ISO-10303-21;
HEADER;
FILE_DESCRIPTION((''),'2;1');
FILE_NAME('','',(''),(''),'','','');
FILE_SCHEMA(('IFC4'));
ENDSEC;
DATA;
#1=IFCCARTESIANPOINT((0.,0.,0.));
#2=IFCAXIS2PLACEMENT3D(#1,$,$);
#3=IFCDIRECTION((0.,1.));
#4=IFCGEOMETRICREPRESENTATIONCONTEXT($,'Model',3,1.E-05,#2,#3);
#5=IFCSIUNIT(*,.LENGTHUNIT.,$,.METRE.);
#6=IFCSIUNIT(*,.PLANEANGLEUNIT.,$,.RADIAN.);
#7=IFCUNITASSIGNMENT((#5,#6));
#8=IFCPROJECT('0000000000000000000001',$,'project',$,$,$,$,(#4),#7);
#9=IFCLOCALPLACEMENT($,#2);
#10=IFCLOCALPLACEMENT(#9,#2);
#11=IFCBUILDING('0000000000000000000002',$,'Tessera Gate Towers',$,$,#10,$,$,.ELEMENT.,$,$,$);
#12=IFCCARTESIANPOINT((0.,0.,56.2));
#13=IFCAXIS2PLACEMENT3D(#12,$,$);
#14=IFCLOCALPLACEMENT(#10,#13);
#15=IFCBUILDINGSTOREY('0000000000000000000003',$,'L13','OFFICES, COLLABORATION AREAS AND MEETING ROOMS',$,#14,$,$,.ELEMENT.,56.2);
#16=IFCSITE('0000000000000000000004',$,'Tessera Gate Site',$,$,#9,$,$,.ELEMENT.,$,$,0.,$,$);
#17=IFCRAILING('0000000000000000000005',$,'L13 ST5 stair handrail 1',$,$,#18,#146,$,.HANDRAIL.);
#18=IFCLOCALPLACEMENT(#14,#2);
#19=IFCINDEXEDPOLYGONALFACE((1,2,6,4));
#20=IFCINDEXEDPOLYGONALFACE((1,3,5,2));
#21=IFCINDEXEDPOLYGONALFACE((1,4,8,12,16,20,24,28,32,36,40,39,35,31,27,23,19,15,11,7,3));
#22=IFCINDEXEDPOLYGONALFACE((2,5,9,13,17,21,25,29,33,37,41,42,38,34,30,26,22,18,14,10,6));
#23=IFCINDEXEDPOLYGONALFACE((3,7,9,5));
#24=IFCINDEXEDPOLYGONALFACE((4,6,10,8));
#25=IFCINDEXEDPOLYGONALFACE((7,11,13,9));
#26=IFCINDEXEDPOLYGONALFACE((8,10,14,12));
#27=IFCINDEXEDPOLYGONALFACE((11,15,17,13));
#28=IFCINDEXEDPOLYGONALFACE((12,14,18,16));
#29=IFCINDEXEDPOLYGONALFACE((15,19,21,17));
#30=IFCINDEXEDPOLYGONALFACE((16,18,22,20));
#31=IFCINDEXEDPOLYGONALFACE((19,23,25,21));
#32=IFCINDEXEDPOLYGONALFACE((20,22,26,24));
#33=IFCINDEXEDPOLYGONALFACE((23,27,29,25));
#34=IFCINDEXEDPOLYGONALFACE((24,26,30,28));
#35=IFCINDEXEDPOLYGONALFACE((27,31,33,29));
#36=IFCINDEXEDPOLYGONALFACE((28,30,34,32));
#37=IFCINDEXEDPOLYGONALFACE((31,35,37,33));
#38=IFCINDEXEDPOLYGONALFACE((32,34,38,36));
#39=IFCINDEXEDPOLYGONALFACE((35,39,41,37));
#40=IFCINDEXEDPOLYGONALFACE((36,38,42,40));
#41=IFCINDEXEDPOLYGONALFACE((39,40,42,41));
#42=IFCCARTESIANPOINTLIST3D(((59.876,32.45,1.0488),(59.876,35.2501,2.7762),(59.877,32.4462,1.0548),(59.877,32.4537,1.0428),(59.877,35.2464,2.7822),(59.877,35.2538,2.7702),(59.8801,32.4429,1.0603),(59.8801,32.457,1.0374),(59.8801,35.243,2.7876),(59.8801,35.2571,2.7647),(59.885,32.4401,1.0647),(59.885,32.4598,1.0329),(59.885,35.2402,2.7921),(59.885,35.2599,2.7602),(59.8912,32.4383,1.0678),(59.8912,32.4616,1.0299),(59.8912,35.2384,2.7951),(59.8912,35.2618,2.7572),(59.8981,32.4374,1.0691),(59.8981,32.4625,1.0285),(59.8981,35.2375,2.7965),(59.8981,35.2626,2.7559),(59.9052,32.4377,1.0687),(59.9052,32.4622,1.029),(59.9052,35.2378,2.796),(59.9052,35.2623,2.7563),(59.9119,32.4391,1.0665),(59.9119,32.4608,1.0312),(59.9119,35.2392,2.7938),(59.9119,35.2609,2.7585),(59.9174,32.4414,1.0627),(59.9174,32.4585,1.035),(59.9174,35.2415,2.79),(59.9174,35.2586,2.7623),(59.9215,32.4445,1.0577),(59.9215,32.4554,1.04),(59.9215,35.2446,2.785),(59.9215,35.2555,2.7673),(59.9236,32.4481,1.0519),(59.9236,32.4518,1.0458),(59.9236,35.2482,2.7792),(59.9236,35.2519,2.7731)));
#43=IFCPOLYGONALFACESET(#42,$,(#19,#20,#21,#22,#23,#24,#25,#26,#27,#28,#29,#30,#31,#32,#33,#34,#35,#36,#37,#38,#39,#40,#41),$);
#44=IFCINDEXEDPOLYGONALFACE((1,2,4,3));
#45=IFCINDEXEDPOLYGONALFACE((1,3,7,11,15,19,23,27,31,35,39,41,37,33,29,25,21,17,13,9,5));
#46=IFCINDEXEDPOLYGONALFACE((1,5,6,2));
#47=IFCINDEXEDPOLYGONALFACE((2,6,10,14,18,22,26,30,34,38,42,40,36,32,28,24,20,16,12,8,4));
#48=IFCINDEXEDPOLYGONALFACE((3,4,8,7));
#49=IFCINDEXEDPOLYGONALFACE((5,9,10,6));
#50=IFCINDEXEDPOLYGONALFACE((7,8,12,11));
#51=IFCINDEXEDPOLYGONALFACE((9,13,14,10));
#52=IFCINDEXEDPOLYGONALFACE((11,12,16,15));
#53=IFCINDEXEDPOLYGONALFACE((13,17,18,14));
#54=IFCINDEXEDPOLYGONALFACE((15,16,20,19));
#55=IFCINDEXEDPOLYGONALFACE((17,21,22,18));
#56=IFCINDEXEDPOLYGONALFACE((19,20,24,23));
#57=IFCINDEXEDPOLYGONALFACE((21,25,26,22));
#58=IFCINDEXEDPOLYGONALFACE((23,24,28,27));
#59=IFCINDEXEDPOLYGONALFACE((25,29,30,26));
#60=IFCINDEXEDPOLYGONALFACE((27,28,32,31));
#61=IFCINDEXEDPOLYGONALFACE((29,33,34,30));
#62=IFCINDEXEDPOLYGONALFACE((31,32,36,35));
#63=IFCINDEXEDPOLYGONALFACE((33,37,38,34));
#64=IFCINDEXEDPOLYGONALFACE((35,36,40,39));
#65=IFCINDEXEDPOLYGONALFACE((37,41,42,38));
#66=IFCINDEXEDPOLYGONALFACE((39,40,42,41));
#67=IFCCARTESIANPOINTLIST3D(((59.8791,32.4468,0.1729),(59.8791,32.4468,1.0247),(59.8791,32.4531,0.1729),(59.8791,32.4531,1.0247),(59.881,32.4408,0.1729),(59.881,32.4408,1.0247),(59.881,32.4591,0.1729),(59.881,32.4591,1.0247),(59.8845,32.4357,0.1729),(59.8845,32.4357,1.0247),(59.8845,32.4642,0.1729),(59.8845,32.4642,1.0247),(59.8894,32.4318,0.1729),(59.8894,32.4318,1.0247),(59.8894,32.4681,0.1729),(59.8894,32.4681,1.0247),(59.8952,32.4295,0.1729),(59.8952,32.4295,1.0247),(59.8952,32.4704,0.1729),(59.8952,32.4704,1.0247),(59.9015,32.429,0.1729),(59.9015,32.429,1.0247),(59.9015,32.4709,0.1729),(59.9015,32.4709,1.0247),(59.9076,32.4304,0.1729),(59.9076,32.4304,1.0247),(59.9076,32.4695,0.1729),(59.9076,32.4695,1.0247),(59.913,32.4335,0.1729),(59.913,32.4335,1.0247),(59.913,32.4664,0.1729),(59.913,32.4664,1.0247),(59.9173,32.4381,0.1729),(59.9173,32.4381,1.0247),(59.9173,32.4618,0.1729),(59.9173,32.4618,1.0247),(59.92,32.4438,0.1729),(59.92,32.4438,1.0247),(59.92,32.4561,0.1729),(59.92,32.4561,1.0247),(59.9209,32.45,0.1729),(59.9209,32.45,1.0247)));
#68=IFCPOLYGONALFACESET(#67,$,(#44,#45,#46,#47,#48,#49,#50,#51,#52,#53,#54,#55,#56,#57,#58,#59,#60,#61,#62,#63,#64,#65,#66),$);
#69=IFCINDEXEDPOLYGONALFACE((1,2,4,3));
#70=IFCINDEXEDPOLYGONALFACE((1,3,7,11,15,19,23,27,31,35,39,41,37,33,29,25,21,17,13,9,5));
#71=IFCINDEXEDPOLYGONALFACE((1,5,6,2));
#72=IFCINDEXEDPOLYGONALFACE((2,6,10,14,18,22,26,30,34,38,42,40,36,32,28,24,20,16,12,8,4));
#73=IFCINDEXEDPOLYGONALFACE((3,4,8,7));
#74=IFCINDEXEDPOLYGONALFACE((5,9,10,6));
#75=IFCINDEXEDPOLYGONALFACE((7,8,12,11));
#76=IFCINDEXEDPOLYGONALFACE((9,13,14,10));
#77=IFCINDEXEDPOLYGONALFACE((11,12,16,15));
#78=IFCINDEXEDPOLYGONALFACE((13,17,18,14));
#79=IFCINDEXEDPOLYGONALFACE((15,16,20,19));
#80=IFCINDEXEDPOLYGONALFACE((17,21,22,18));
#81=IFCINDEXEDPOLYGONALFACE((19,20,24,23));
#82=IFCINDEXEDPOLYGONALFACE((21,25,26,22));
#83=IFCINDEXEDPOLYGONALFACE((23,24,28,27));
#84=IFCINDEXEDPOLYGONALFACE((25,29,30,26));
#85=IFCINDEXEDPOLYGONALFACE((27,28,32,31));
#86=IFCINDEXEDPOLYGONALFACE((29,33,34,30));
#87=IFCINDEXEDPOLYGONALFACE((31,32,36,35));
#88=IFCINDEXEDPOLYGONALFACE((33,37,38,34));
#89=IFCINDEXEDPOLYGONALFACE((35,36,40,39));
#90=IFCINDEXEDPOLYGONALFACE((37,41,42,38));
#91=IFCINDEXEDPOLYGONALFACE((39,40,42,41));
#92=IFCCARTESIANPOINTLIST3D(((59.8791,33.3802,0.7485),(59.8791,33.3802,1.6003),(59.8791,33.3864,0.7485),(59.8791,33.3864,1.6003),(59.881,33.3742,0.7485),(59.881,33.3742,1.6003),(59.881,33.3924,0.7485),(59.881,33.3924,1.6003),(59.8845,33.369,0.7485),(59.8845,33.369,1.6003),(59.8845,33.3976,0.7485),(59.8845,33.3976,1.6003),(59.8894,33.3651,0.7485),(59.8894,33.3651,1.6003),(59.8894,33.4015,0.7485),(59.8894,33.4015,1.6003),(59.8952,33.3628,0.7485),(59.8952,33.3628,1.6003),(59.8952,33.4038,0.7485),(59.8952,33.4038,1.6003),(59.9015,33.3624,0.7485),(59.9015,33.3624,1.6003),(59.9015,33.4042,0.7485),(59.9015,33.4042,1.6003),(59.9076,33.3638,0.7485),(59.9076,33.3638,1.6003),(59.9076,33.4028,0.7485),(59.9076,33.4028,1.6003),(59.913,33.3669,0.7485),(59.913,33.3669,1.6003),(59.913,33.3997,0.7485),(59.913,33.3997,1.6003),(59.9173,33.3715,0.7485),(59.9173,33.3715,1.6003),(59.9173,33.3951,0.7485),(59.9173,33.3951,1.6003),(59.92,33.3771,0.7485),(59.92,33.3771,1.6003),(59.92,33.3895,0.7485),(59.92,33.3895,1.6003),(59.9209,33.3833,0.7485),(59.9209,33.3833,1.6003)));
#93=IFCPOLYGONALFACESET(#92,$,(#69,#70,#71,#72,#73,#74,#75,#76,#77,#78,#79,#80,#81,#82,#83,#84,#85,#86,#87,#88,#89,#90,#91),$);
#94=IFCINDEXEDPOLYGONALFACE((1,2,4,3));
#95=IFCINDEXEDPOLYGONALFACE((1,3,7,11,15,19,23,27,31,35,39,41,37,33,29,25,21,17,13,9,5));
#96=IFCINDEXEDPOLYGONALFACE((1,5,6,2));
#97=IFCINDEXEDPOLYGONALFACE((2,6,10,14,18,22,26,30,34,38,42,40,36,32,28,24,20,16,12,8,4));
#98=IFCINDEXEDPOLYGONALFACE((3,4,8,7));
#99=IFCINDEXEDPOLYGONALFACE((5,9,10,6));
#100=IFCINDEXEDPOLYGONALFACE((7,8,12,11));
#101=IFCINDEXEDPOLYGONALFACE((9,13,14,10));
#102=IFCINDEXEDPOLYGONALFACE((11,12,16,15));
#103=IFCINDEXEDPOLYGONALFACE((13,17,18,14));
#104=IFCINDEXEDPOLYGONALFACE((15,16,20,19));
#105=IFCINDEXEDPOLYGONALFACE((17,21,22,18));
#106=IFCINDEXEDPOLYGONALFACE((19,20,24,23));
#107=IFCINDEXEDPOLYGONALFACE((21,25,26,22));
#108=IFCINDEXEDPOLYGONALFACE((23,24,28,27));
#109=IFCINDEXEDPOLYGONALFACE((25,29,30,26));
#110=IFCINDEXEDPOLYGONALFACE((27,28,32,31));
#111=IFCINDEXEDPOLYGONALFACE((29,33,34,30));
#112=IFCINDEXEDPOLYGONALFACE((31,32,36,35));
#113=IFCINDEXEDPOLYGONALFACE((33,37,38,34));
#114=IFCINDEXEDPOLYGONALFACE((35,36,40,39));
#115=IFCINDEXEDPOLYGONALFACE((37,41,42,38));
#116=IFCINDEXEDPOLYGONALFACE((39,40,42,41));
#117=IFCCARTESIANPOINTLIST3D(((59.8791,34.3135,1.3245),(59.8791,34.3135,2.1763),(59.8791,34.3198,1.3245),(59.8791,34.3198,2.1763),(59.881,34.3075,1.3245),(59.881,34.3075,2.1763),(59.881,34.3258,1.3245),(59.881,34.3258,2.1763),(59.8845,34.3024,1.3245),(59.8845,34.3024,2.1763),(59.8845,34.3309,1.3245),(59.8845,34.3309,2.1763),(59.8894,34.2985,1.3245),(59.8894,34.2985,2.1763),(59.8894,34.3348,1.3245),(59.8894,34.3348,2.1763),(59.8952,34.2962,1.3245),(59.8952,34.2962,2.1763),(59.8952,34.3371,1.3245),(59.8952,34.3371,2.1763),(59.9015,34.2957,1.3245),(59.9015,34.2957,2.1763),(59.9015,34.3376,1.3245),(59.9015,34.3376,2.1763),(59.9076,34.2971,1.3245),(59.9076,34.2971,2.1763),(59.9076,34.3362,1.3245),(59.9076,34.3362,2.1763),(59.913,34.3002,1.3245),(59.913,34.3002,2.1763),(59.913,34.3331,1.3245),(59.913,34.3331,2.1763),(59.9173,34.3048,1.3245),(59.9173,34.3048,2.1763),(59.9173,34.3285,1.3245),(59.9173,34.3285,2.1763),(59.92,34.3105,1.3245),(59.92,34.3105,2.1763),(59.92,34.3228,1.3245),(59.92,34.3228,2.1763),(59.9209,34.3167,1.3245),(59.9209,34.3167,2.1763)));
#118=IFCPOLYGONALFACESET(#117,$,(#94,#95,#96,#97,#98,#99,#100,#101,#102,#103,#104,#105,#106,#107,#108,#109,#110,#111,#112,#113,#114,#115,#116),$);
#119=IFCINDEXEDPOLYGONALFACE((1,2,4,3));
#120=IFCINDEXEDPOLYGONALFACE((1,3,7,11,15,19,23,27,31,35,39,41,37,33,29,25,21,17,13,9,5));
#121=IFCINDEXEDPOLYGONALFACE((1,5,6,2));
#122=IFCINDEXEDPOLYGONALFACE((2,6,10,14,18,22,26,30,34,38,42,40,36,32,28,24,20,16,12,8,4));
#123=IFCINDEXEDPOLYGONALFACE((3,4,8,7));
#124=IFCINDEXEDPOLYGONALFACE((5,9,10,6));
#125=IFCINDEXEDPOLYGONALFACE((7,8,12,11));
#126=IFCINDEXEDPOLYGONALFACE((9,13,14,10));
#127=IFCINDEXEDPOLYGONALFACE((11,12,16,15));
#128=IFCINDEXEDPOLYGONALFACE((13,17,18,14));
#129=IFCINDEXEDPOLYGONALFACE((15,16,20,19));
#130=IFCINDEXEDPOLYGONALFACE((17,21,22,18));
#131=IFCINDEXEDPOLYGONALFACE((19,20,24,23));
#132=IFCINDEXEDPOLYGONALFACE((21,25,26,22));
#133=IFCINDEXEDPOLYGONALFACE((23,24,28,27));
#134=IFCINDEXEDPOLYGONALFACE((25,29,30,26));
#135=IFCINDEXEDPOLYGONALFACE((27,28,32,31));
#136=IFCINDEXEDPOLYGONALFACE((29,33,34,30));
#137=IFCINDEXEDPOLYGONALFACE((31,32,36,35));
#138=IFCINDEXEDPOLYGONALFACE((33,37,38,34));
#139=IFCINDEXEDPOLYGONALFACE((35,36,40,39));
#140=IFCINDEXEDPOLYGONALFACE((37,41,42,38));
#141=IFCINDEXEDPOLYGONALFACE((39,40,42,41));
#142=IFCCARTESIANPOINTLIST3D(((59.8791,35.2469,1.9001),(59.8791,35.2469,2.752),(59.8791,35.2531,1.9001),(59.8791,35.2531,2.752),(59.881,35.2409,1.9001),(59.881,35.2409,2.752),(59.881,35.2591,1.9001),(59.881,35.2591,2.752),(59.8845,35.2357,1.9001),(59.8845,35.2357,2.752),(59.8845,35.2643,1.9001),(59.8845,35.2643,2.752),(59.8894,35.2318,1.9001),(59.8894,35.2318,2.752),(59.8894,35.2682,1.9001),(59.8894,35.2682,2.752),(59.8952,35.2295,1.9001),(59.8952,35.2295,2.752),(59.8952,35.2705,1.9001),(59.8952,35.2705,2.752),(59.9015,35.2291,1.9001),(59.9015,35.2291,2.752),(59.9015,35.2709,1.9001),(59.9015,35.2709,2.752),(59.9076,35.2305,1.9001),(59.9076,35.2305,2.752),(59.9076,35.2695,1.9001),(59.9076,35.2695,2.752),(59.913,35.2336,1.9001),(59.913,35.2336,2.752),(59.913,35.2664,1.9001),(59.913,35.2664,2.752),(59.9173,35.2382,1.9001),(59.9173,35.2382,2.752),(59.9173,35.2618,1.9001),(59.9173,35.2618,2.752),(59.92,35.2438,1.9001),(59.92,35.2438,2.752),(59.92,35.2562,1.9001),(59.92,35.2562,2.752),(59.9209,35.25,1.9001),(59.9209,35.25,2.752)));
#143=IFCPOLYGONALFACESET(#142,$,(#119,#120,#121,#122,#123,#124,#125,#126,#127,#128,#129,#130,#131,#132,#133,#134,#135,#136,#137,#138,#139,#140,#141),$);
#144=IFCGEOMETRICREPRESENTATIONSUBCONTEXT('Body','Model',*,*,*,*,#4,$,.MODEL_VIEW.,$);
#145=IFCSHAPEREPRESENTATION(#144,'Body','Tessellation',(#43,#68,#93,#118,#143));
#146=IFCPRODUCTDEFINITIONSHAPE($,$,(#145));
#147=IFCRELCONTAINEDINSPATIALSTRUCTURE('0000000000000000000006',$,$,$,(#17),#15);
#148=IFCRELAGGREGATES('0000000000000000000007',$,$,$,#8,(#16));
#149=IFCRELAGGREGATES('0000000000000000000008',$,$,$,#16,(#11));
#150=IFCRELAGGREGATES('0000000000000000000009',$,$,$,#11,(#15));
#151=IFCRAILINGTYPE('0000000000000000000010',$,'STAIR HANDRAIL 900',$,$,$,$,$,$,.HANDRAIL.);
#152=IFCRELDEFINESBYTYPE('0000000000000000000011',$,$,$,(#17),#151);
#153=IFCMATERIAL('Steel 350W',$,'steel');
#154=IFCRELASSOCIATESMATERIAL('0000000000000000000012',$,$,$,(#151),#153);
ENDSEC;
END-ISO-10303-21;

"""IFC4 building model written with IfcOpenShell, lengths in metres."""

from ifc_helpers import new_model, si_unit, direction, frame, origin, origin_2d, place, context, subcontext, project, spatial, circle, extrude, material, type_object, element, save


model = new_model("IFC4")

# Units and contexts
model_context = context("Model", 3, precision=1e-05, world=origin(), true_north=direction((0.0, 1.0)))
body_context = subcontext(model_context, "Body", "Model", "MODEL_VIEW")
ifc_project = project(units=[si_unit("LENGTHUNIT", "METRE"), si_unit("PLANEANGLEUNIT", "RADIAN")], contexts=[model_context])

# Site, building, storey
site_placement = place(None, origin())
site = spatial("IfcSite", under=ifc_project, at=site_placement, Name="Tessera Gate Site", CompositionType="ELEMENT", RefElevation=0.0)
building_placement = place(site_placement, origin())
building = spatial("IfcBuilding", under=site, at=building_placement, Name="Tessera Gate Towers", CompositionType="ELEMENT")
storey_placement = place(building_placement, frame((0.0, 0.0, 56.2)))
storey = spatial("IfcBuildingStorey", under=building, at=storey_placement, Name="L13", Description="OFFICES, COLLABORATION AREAS AND MEETING ROOMS", CompositionType="ELEMENT", Elevation=56.2)

# Railing
ifc_material_1 = material(Name="Steel 350W", Category="steel")
railing_type_1 = type_object("IfcRailingType", Name="STAIR HANDRAIL 900", PredefinedType="HANDRAIL", material=ifc_material_1)
for number, where, name in (
    (1, (59.8999, 32.45, 0.1729), "L13 ST5 stair handrail 1"),
):
    element("IfcRailing", number, at=place(storey_placement, frame(where)), inside=storey, type_object=railing_type_1, Name=name, PredefinedType="HANDRAIL", context=body_context, shape_type="SweptSolid", body=[
        extrude(circle(Radius=0.0239, at=origin_2d()), frame((0.0, 0.0, 0.876), z_axis=(0.0, 0.85109, 0.52502), x_axis=(-1.0, 0.0, 0.0)), (0.0, 0.0, 1.0), 3.29),
        extrude(circle(Radius=0.021, at=origin_2d()), origin(), (0.0, 0.0, 1.0), 0.8518),
        extrude(circle(Radius=0.021, at=origin_2d()), frame((0.0, 0.9333, 0.5757)), (0.0, 0.0, 1.0), 0.8518),
        extrude(circle(Radius=0.021, at=origin_2d()), frame((0.0, 1.8667, 1.1516)), (0.0, 0.0, 1.0), 0.8518),
        extrude(circle(Radius=0.021, at=origin_2d()), frame((0.0, 2.8, 1.7273)), (0.0, 0.0, 1.0), 0.8518),
    ])

save(model, "model.ifc")
